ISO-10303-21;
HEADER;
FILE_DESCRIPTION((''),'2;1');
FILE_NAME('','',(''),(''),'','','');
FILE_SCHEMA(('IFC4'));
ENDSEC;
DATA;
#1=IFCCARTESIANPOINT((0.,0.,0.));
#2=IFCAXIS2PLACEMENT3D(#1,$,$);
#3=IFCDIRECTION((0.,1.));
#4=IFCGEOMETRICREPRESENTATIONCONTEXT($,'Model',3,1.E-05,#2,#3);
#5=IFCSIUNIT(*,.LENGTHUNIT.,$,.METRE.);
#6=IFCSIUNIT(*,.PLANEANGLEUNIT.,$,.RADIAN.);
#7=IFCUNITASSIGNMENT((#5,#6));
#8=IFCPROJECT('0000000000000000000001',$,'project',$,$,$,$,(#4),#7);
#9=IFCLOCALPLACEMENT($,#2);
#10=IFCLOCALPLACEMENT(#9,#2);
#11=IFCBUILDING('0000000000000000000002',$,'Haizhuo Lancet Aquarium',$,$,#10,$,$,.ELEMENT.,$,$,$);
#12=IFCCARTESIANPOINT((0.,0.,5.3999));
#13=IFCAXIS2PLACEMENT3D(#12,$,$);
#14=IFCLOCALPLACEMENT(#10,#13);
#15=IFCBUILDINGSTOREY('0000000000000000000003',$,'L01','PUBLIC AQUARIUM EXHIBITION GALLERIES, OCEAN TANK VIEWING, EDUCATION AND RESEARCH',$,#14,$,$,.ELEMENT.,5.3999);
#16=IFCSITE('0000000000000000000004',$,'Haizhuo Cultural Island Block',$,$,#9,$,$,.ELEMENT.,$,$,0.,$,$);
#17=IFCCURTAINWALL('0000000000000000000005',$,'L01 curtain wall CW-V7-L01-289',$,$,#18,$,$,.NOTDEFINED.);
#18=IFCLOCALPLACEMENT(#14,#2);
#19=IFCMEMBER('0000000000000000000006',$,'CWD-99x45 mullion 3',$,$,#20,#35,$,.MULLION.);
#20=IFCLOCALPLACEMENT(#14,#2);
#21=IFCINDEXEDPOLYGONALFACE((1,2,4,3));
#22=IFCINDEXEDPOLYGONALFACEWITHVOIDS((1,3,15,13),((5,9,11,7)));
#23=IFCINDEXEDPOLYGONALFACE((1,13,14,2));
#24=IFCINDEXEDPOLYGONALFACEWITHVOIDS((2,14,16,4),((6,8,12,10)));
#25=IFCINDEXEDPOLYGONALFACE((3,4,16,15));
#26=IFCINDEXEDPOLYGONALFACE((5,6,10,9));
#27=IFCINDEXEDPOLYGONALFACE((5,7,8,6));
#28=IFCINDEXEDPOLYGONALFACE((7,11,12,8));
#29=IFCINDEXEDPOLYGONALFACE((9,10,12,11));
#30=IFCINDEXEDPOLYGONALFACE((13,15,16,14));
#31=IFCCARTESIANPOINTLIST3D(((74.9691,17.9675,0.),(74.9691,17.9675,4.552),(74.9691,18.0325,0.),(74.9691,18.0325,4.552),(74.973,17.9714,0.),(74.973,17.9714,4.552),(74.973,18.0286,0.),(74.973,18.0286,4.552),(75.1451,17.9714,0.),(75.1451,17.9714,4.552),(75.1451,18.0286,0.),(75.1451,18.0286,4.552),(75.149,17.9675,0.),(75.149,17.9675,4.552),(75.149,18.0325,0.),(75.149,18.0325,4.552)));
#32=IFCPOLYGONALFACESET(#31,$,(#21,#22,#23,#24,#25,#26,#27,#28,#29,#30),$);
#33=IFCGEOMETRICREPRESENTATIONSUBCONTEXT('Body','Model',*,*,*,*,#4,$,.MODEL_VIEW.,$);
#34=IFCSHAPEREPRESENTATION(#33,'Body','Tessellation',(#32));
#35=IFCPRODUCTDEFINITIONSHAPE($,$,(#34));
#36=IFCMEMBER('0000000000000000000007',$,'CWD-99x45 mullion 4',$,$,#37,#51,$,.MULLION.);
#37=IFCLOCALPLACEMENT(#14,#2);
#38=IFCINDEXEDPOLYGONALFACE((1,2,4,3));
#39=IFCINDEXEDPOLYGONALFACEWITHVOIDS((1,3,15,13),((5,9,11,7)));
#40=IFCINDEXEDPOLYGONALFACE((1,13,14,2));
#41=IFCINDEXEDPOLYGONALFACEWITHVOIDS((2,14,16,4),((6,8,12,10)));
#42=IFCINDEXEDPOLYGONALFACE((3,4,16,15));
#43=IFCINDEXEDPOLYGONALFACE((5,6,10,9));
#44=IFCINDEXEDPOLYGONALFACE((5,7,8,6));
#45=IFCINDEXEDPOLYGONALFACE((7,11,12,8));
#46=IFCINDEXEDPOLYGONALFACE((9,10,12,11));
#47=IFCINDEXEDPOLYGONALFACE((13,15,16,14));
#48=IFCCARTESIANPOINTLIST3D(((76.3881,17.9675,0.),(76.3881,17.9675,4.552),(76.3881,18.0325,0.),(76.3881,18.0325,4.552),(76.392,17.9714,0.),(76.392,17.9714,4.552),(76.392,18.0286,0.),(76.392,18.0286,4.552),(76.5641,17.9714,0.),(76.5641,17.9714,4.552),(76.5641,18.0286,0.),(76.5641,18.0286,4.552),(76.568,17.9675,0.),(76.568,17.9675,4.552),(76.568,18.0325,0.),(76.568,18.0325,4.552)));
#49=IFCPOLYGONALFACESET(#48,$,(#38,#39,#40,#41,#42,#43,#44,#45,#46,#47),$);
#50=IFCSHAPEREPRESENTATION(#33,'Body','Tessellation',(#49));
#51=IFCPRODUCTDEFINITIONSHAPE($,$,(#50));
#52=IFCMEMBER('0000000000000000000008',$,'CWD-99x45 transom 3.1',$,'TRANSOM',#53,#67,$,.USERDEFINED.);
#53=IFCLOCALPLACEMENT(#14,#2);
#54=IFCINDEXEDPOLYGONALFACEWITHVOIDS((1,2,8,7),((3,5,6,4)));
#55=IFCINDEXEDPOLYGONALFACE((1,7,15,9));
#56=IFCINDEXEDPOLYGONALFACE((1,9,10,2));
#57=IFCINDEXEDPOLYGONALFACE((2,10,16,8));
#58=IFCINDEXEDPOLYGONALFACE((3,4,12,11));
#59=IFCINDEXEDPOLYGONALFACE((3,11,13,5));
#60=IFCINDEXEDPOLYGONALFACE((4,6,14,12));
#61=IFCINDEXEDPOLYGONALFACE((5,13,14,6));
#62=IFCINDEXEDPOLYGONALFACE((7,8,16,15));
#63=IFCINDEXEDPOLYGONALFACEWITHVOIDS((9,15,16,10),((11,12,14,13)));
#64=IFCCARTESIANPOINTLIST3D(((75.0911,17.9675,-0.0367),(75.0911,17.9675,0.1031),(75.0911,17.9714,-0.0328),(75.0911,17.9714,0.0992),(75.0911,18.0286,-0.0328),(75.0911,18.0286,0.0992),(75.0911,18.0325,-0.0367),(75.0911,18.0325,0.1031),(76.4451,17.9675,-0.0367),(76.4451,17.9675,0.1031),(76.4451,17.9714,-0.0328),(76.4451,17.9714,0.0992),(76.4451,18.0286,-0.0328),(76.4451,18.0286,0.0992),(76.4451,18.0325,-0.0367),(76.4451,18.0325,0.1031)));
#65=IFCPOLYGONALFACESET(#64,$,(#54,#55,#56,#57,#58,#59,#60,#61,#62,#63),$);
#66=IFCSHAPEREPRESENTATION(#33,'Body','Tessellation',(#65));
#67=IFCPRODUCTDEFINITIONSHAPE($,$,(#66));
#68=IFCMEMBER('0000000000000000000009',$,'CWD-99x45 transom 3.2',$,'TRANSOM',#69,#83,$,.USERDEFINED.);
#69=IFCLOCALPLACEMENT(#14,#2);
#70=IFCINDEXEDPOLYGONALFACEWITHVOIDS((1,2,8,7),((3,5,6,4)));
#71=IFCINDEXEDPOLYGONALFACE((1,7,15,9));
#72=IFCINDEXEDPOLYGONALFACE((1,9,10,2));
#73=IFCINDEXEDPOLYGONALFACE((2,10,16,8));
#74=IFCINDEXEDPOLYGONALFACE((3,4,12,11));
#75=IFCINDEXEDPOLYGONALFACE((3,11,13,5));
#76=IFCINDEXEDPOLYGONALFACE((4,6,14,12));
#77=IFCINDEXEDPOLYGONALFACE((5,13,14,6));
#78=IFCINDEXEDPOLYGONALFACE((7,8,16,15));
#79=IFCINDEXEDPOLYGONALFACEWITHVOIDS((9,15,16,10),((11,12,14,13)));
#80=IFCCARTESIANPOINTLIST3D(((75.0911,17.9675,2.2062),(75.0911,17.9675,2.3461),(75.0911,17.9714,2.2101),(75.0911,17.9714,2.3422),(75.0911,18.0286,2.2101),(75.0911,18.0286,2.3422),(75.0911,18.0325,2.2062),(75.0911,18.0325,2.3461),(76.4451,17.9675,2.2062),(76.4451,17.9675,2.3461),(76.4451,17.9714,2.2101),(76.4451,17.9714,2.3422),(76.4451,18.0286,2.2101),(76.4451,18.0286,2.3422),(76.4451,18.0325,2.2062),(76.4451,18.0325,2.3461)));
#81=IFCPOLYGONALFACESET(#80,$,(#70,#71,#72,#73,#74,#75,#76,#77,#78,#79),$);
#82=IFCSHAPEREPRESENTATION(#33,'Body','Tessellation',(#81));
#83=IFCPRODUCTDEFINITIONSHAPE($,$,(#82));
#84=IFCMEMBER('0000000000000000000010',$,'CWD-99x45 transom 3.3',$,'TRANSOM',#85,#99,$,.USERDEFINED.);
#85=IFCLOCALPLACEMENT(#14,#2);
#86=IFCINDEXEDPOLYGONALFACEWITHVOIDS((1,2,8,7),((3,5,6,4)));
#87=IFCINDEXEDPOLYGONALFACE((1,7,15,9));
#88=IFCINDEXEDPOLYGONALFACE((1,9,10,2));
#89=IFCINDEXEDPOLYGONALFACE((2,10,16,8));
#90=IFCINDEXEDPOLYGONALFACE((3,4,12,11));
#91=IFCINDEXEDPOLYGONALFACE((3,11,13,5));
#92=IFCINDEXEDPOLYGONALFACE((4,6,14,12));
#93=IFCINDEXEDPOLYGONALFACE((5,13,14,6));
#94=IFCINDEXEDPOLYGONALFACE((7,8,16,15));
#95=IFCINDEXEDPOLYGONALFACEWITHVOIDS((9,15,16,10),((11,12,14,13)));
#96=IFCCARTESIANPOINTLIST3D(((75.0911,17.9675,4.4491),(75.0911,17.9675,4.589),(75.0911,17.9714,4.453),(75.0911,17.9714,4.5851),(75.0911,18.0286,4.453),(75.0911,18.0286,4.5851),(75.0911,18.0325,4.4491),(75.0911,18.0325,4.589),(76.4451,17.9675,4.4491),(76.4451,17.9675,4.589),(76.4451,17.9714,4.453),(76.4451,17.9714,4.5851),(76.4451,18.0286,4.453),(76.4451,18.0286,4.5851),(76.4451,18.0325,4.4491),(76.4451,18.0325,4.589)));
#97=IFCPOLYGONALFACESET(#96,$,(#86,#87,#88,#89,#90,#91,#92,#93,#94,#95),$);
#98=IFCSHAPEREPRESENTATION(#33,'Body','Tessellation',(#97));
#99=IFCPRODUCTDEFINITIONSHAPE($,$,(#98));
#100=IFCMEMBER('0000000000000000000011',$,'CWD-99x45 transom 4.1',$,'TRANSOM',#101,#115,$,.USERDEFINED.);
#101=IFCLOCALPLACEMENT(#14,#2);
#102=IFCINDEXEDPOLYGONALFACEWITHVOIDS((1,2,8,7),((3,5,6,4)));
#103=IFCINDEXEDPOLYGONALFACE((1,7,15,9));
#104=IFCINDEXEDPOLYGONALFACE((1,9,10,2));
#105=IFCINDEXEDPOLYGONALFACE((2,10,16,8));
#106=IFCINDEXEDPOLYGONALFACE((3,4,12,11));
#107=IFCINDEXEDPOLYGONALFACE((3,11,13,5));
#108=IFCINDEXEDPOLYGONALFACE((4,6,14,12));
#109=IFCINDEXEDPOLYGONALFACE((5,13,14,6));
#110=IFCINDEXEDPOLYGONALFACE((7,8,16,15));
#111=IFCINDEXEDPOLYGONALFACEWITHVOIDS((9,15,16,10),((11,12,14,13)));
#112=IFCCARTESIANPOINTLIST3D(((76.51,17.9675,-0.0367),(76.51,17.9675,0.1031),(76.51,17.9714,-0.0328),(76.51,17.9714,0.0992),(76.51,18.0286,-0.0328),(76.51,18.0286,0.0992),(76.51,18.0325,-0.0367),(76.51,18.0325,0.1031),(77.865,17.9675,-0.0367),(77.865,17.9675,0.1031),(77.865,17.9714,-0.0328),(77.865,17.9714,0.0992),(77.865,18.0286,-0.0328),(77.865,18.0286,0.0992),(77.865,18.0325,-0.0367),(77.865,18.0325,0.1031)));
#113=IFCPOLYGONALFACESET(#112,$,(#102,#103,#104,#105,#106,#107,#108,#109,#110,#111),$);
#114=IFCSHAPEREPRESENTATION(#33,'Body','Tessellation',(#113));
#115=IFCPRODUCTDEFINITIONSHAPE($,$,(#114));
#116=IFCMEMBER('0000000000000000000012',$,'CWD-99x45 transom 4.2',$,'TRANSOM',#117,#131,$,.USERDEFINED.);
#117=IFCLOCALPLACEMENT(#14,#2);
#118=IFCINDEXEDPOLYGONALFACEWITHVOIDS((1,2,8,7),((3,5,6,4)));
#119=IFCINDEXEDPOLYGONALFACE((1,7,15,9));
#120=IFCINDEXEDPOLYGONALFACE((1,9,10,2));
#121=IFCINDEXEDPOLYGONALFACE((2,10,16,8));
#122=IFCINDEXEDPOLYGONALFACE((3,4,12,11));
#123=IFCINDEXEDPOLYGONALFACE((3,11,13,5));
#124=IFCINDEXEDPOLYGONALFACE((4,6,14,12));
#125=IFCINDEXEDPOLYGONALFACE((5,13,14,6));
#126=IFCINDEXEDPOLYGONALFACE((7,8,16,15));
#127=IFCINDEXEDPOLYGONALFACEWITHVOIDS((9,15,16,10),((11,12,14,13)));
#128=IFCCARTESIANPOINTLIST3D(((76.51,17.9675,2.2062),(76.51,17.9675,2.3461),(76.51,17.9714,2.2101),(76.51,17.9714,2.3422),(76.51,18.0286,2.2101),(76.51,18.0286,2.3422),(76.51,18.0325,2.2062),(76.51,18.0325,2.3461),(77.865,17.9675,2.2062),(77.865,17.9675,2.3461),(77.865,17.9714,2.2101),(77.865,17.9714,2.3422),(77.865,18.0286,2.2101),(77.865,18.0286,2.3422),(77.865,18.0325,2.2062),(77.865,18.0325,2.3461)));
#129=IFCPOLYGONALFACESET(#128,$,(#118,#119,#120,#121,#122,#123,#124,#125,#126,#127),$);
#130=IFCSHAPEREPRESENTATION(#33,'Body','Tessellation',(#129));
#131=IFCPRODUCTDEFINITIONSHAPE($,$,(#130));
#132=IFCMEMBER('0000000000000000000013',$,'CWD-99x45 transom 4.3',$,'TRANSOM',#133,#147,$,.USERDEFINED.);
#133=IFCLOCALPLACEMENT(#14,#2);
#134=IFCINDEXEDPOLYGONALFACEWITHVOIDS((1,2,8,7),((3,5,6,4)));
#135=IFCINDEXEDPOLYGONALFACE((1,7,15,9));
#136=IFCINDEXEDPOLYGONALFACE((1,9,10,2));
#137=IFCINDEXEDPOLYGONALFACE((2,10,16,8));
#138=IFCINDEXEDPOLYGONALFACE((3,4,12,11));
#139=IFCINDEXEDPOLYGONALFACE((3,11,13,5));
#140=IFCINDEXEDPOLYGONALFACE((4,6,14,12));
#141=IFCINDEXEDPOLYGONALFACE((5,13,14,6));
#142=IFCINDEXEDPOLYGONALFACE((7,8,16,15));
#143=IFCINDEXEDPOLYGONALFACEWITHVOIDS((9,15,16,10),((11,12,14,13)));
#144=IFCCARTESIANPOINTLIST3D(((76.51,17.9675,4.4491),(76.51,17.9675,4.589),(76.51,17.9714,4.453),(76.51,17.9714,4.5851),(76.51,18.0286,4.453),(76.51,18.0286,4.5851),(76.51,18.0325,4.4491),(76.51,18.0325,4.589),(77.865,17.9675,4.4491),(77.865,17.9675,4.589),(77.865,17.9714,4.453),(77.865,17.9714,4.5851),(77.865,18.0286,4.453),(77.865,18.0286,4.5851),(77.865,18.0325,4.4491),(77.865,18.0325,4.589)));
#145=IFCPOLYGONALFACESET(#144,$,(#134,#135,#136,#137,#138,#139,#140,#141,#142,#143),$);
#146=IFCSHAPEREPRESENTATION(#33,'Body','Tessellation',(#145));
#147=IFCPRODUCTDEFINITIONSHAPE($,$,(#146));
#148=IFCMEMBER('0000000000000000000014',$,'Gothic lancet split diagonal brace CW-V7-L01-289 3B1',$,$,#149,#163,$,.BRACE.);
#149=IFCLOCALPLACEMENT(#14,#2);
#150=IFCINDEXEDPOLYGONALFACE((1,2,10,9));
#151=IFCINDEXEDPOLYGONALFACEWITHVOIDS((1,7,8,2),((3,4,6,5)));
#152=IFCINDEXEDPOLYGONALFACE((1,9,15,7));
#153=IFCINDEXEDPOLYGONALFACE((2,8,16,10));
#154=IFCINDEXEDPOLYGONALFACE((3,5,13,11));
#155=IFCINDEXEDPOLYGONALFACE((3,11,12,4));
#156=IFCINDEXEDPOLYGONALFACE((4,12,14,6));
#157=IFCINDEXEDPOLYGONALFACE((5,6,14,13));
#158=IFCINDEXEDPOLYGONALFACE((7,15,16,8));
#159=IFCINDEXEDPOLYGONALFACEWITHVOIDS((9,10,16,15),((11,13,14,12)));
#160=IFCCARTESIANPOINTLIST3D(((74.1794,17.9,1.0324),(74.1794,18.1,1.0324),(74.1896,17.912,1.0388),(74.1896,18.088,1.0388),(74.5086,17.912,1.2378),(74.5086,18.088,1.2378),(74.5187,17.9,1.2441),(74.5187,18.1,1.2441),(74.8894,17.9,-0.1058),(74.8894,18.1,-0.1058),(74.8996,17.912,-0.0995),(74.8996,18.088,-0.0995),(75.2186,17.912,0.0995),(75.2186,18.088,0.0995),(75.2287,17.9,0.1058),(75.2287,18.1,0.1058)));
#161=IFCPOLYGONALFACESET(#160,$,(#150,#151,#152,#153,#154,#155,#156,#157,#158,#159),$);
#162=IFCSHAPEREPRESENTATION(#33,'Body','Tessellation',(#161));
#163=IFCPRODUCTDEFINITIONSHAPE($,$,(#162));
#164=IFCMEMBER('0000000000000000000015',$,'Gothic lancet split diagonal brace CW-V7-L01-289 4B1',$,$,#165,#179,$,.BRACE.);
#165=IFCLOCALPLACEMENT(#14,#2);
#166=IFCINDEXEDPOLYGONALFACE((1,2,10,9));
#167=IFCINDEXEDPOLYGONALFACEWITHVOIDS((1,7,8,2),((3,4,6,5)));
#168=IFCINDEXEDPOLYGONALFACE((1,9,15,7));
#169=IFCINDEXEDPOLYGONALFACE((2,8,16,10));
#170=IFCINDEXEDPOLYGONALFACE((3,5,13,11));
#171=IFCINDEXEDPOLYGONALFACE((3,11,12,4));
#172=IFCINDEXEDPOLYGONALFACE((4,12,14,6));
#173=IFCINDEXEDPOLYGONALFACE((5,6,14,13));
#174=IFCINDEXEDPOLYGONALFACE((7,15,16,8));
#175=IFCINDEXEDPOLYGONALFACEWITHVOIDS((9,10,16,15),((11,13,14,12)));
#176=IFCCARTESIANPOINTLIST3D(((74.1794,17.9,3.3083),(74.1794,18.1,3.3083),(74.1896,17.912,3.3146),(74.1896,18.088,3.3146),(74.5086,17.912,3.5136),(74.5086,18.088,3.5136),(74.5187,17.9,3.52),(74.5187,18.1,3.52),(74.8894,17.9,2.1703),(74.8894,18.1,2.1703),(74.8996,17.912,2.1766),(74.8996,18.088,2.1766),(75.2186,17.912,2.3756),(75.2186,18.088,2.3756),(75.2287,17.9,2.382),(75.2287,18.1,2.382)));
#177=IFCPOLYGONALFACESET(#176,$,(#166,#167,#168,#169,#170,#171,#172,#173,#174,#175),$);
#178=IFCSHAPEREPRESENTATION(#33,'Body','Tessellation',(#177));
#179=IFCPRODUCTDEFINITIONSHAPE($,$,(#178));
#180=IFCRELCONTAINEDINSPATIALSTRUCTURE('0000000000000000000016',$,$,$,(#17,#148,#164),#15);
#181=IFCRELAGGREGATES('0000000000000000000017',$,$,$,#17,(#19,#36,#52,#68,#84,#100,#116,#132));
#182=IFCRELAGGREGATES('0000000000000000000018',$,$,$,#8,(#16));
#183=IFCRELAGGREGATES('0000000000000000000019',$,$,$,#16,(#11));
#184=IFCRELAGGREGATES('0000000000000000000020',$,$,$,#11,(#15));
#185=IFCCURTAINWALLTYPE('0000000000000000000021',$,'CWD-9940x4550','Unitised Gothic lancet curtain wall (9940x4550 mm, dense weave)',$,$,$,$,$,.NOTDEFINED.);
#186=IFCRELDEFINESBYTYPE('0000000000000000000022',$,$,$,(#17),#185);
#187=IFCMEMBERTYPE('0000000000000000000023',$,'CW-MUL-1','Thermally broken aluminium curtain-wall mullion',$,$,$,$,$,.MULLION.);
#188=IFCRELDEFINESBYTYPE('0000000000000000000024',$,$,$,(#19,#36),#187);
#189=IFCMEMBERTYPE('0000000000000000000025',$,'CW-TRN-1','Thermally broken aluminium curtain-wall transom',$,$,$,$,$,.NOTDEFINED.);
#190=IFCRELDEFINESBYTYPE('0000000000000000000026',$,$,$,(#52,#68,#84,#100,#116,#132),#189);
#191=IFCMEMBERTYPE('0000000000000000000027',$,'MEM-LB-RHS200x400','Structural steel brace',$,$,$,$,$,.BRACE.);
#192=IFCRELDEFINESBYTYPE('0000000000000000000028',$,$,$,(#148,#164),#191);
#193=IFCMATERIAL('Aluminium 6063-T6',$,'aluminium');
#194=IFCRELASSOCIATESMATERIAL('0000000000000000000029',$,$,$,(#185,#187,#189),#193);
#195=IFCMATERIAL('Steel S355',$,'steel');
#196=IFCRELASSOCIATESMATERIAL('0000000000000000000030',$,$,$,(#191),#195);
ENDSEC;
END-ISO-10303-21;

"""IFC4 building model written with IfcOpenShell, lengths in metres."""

from ifc_helpers import new_model, si_unit, direction, frame, origin, origin_2d, place, context, subcontext, project, spatial, hollow_rectangle, extrude, material, material_profile, profile_set, type_object, element, aggregate, save


model = new_model("IFC4")

# Units and contexts
model_context = context("Model", 3, precision=1e-05, world=origin(), true_north=direction((0.0, 1.0)))
body_context = subcontext(model_context, "Body", "Model", "MODEL_VIEW")
ifc_project = project(units=[si_unit("LENGTHUNIT", "METRE"), si_unit("PLANEANGLEUNIT", "RADIAN")], contexts=[model_context])

# Site, building, storey
site_placement = place(None, origin())
site = spatial("IfcSite", under=ifc_project, at=site_placement, Name="Haizhuo Cultural Island Block", CompositionType="ELEMENT", RefElevation=0.0)
building_placement = place(site_placement, origin())
building = spatial("IfcBuilding", under=site, at=building_placement, Name="Haizhuo Lancet Aquarium", CompositionType="ELEMENT")
storey_placement = place(building_placement, frame((0.0, 0.0, 5.3999)))
storey = spatial("IfcBuildingStorey", under=building, at=storey_placement, Name="L01", Description="PUBLIC AQUARIUM EXHIBITION GALLERIES, OCEAN TANK VIEWING, EDUCATION AND RESEARCH", CompositionType="ELEMENT", Elevation=5.3999)

# Curtain wall, members
ifc_material_1 = material(Name="Aluminium 6063-T6", Category="aluminium")
curtain_wall_type = type_object("IfcCurtainWallType", Name="CWD-9940x4550", Description="Unitised Gothic lancet curtain wall (9940x4550 mm, dense weave)", PredefinedType="NOTDEFINED", material=ifc_material_1)
curtain_wall_placement = place(storey_placement, origin())
curtain_wall = element("IfcCurtainWall", 1, at=curtain_wall_placement, inside=storey, type_object=curtain_wall_type, Name="L01 curtain wall CW-V7-L01-289", PredefinedType="NOTDEFINED")
ifc_material_profile_1 = material_profile(ifc_material_1, hollow_rectangle(XDim=0.0649, YDim=0.1799, WallThickness=0.0039, at=origin_2d()), Name="ALU-M 65x180x4")
ifc_profile_set_1 = profile_set([ifc_material_profile_1], Name="Aluminium 6063-T6")
member_type_1 = type_object("IfcMemberType", Name="CW-MUL-1", Description="Thermally broken aluminium curtain-wall mullion", PredefinedType="MULLION", material=ifc_profile_set_1)
member_1_placement = place(storey_placement, frame((75.0591, 18.0, 0.0), z_axis=(0.0, 0.0, 1.0), x_axis=(0.0, 1.0, 0.0)))
member_1 = element("IfcMember", 2, at=member_1_placement, type_object=member_type_1, Name="CWD-99x45 mullion 3", PredefinedType="MULLION", context=body_context, shape_type="SweptSolid", body=[
    extrude(hollow_rectangle(XDim=0.0649, YDim=0.1799, WallThickness=0.0039, at=origin_2d()), origin(), (0.0, 0.0, 1.0), 4.552),
])
member_2_placement = place(storey_placement, frame((76.478, 18.0, 0.0), z_axis=(0.0, 0.0, 1.0), x_axis=(0.0, 1.0, 0.0)))
member_2 = element("IfcMember", 3, at=member_2_placement, type_object=member_type_1, Name="CWD-99x45 mullion 4", PredefinedType="MULLION", context=body_context, shape_type="SweptSolid", body=[
    extrude(hollow_rectangle(XDim=0.0649, YDim=0.1799, WallThickness=0.0039, at=origin_2d()), origin(), (0.0, 0.0, 1.0), 4.552),
])
ifc_material_profile_2 = material_profile(ifc_material_1, hollow_rectangle(XDim=0.0649, YDim=0.1399, WallThickness=0.0039, at=origin_2d()), Name="ALU-T 65x140x4")
ifc_profile_set_2 = profile_set([ifc_material_profile_2], Name="Aluminium 6063-T6")
member_type_2 = type_object("IfcMemberType", Name="CW-TRN-1", Description="Thermally broken aluminium curtain-wall transom", PredefinedType="NOTDEFINED", material=ifc_profile_set_2)
member_3_placement = place(storey_placement, frame((75.0911, 18.0, 0.0332), z_axis=(1.0, 0.0, 0.0), x_axis=(0.0, 1.0, 0.0)))
member_3 = element("IfcMember", 4, at=member_3_placement, type_object=member_type_2, Name="CWD-99x45 transom 3.1", ObjectType="TRANSOM", PredefinedType="USERDEFINED", context=body_context, shape_type="SweptSolid", body=[
    extrude(hollow_rectangle(XDim=0.0649, YDim=0.1399, WallThickness=0.0039, at=origin_2d()), origin(), (0.0, 0.0, 1.0), 1.354),
])
member_4_placement = place(storey_placement, frame((75.0911, 18.0, 2.2761), z_axis=(1.0, 0.0, 0.0), x_axis=(0.0, 1.0, 0.0)))
member_4 = element("IfcMember", 5, at=member_4_placement, type_object=member_type_2, Name="CWD-99x45 transom 3.2", ObjectType="TRANSOM", PredefinedType="USERDEFINED", context=body_context, shape_type="SweptSolid", body=[
    extrude(hollow_rectangle(XDim=0.0649, YDim=0.1399, WallThickness=0.0039, at=origin_2d()), origin(), (0.0, 0.0, 1.0), 1.354),
])
member_5_placement = place(storey_placement, frame((75.0911, 18.0, 4.519), z_axis=(1.0, 0.0, 0.0), x_axis=(0.0, 1.0, 0.0)))
member_5 = element("IfcMember", 6, at=member_5_placement, type_object=member_type_2, Name="CWD-99x45 transom 3.3", ObjectType="TRANSOM", PredefinedType="USERDEFINED", context=body_context, shape_type="SweptSolid", body=[
    extrude(hollow_rectangle(XDim=0.0649, YDim=0.1399, WallThickness=0.0039, at=origin_2d()), origin(), (0.0, 0.0, 1.0), 1.354),
])
member_6_placement = place(storey_placement, frame((76.51, 18.0, 0.0332), z_axis=(1.0, 0.0, 0.0), x_axis=(0.0, 1.0, 0.0)))
member_6 = element("IfcMember", 7, at=member_6_placement, type_object=member_type_2, Name="CWD-99x45 transom 4.1", ObjectType="TRANSOM", PredefinedType="USERDEFINED", context=body_context, shape_type="SweptSolid", body=[
    extrude(hollow_rectangle(XDim=0.0649, YDim=0.1399, WallThickness=0.0039, at=origin_2d()), origin(), (0.0, 0.0, 1.0), 1.355),
])
member_7_placement = place(storey_placement, frame((76.51, 18.0, 2.2761), z_axis=(1.0, 0.0, 0.0), x_axis=(0.0, 1.0, 0.0)))
member_7 = element("IfcMember", 8, at=member_7_placement, type_object=member_type_2, Name="CWD-99x45 transom 4.2", ObjectType="TRANSOM", PredefinedType="USERDEFINED", context=body_context, shape_type="SweptSolid", body=[
    extrude(hollow_rectangle(XDim=0.0649, YDim=0.1399, WallThickness=0.0039, at=origin_2d()), origin(), (0.0, 0.0, 1.0), 1.355),
])
member_8_placement = place(storey_placement, frame((76.51, 18.0, 4.519), z_axis=(1.0, 0.0, 0.0), x_axis=(0.0, 1.0, 0.0)))
member_8 = element("IfcMember", 9, at=member_8_placement, type_object=member_type_2, Name="CWD-99x45 transom 4.3", ObjectType="TRANSOM", PredefinedType="USERDEFINED", context=body_context, shape_type="SweptSolid", body=[
    extrude(hollow_rectangle(XDim=0.0649, YDim=0.1399, WallThickness=0.0039, at=origin_2d()), origin(), (0.0, 0.0, 1.0), 1.355),
])

# Members
ifc_material_2 = material(Name="Steel S355", Category="steel")
ifc_material_profile_3 = material_profile(ifc_material_2, hollow_rectangle(XDim=0.2, YDim=0.3999, WallThickness=0.012, at=origin_2d()), Name="RHS 200x400x12")
ifc_profile_set_3 = profile_set([ifc_material_profile_3], Name="Steel S355")
member_type_3 = type_object("IfcMemberType", Name="MEM-LB-RHS200x400", Description="Structural steel brace", PredefinedType="BRACE", material=ifc_profile_set_3)
member_9_placement = place(storey_placement, frame((75.0591, 18.0, 0.0), z_axis=(-0.529246, 0.0, 0.848468), x_axis=(0.0, -1.0, 0.0)))
element("IfcMember", 10, at=member_9_placement, inside=storey, type_object=member_type_3, Name="Gothic lancet split diagonal brace CW-V7-L01-289 3B1", PredefinedType="BRACE", context=body_context, shape_type="SweptSolid", body=[
    extrude(hollow_rectangle(XDim=0.2, YDim=0.3999, WallThickness=0.012, at=origin_2d()), origin(), (0.0, 0.0, 1.0), 1.3416),
])
member_10_placement = place(storey_placement, frame((75.0591, 18.0, 2.2761), z_axis=(-0.529328, 0.0, 0.848417), x_axis=(0.0, -1.0, 0.0)))
element("IfcMember", 11, at=member_10_placement, inside=storey, type_object=member_type_3, Name="Gothic lancet split diagonal brace CW-V7-L01-289 4B1", PredefinedType="BRACE", context=body_context, shape_type="SweptSolid", body=[
    extrude(hollow_rectangle(XDim=0.2, YDim=0.3999, WallThickness=0.012, at=origin_2d()), origin(), (0.0, 0.0, 1.0), 1.3413),
])

aggregate(curtain_wall, [member_1, member_2, member_3, member_4, member_5, member_6, member_7, member_8])

save(model, "model.ifc")
